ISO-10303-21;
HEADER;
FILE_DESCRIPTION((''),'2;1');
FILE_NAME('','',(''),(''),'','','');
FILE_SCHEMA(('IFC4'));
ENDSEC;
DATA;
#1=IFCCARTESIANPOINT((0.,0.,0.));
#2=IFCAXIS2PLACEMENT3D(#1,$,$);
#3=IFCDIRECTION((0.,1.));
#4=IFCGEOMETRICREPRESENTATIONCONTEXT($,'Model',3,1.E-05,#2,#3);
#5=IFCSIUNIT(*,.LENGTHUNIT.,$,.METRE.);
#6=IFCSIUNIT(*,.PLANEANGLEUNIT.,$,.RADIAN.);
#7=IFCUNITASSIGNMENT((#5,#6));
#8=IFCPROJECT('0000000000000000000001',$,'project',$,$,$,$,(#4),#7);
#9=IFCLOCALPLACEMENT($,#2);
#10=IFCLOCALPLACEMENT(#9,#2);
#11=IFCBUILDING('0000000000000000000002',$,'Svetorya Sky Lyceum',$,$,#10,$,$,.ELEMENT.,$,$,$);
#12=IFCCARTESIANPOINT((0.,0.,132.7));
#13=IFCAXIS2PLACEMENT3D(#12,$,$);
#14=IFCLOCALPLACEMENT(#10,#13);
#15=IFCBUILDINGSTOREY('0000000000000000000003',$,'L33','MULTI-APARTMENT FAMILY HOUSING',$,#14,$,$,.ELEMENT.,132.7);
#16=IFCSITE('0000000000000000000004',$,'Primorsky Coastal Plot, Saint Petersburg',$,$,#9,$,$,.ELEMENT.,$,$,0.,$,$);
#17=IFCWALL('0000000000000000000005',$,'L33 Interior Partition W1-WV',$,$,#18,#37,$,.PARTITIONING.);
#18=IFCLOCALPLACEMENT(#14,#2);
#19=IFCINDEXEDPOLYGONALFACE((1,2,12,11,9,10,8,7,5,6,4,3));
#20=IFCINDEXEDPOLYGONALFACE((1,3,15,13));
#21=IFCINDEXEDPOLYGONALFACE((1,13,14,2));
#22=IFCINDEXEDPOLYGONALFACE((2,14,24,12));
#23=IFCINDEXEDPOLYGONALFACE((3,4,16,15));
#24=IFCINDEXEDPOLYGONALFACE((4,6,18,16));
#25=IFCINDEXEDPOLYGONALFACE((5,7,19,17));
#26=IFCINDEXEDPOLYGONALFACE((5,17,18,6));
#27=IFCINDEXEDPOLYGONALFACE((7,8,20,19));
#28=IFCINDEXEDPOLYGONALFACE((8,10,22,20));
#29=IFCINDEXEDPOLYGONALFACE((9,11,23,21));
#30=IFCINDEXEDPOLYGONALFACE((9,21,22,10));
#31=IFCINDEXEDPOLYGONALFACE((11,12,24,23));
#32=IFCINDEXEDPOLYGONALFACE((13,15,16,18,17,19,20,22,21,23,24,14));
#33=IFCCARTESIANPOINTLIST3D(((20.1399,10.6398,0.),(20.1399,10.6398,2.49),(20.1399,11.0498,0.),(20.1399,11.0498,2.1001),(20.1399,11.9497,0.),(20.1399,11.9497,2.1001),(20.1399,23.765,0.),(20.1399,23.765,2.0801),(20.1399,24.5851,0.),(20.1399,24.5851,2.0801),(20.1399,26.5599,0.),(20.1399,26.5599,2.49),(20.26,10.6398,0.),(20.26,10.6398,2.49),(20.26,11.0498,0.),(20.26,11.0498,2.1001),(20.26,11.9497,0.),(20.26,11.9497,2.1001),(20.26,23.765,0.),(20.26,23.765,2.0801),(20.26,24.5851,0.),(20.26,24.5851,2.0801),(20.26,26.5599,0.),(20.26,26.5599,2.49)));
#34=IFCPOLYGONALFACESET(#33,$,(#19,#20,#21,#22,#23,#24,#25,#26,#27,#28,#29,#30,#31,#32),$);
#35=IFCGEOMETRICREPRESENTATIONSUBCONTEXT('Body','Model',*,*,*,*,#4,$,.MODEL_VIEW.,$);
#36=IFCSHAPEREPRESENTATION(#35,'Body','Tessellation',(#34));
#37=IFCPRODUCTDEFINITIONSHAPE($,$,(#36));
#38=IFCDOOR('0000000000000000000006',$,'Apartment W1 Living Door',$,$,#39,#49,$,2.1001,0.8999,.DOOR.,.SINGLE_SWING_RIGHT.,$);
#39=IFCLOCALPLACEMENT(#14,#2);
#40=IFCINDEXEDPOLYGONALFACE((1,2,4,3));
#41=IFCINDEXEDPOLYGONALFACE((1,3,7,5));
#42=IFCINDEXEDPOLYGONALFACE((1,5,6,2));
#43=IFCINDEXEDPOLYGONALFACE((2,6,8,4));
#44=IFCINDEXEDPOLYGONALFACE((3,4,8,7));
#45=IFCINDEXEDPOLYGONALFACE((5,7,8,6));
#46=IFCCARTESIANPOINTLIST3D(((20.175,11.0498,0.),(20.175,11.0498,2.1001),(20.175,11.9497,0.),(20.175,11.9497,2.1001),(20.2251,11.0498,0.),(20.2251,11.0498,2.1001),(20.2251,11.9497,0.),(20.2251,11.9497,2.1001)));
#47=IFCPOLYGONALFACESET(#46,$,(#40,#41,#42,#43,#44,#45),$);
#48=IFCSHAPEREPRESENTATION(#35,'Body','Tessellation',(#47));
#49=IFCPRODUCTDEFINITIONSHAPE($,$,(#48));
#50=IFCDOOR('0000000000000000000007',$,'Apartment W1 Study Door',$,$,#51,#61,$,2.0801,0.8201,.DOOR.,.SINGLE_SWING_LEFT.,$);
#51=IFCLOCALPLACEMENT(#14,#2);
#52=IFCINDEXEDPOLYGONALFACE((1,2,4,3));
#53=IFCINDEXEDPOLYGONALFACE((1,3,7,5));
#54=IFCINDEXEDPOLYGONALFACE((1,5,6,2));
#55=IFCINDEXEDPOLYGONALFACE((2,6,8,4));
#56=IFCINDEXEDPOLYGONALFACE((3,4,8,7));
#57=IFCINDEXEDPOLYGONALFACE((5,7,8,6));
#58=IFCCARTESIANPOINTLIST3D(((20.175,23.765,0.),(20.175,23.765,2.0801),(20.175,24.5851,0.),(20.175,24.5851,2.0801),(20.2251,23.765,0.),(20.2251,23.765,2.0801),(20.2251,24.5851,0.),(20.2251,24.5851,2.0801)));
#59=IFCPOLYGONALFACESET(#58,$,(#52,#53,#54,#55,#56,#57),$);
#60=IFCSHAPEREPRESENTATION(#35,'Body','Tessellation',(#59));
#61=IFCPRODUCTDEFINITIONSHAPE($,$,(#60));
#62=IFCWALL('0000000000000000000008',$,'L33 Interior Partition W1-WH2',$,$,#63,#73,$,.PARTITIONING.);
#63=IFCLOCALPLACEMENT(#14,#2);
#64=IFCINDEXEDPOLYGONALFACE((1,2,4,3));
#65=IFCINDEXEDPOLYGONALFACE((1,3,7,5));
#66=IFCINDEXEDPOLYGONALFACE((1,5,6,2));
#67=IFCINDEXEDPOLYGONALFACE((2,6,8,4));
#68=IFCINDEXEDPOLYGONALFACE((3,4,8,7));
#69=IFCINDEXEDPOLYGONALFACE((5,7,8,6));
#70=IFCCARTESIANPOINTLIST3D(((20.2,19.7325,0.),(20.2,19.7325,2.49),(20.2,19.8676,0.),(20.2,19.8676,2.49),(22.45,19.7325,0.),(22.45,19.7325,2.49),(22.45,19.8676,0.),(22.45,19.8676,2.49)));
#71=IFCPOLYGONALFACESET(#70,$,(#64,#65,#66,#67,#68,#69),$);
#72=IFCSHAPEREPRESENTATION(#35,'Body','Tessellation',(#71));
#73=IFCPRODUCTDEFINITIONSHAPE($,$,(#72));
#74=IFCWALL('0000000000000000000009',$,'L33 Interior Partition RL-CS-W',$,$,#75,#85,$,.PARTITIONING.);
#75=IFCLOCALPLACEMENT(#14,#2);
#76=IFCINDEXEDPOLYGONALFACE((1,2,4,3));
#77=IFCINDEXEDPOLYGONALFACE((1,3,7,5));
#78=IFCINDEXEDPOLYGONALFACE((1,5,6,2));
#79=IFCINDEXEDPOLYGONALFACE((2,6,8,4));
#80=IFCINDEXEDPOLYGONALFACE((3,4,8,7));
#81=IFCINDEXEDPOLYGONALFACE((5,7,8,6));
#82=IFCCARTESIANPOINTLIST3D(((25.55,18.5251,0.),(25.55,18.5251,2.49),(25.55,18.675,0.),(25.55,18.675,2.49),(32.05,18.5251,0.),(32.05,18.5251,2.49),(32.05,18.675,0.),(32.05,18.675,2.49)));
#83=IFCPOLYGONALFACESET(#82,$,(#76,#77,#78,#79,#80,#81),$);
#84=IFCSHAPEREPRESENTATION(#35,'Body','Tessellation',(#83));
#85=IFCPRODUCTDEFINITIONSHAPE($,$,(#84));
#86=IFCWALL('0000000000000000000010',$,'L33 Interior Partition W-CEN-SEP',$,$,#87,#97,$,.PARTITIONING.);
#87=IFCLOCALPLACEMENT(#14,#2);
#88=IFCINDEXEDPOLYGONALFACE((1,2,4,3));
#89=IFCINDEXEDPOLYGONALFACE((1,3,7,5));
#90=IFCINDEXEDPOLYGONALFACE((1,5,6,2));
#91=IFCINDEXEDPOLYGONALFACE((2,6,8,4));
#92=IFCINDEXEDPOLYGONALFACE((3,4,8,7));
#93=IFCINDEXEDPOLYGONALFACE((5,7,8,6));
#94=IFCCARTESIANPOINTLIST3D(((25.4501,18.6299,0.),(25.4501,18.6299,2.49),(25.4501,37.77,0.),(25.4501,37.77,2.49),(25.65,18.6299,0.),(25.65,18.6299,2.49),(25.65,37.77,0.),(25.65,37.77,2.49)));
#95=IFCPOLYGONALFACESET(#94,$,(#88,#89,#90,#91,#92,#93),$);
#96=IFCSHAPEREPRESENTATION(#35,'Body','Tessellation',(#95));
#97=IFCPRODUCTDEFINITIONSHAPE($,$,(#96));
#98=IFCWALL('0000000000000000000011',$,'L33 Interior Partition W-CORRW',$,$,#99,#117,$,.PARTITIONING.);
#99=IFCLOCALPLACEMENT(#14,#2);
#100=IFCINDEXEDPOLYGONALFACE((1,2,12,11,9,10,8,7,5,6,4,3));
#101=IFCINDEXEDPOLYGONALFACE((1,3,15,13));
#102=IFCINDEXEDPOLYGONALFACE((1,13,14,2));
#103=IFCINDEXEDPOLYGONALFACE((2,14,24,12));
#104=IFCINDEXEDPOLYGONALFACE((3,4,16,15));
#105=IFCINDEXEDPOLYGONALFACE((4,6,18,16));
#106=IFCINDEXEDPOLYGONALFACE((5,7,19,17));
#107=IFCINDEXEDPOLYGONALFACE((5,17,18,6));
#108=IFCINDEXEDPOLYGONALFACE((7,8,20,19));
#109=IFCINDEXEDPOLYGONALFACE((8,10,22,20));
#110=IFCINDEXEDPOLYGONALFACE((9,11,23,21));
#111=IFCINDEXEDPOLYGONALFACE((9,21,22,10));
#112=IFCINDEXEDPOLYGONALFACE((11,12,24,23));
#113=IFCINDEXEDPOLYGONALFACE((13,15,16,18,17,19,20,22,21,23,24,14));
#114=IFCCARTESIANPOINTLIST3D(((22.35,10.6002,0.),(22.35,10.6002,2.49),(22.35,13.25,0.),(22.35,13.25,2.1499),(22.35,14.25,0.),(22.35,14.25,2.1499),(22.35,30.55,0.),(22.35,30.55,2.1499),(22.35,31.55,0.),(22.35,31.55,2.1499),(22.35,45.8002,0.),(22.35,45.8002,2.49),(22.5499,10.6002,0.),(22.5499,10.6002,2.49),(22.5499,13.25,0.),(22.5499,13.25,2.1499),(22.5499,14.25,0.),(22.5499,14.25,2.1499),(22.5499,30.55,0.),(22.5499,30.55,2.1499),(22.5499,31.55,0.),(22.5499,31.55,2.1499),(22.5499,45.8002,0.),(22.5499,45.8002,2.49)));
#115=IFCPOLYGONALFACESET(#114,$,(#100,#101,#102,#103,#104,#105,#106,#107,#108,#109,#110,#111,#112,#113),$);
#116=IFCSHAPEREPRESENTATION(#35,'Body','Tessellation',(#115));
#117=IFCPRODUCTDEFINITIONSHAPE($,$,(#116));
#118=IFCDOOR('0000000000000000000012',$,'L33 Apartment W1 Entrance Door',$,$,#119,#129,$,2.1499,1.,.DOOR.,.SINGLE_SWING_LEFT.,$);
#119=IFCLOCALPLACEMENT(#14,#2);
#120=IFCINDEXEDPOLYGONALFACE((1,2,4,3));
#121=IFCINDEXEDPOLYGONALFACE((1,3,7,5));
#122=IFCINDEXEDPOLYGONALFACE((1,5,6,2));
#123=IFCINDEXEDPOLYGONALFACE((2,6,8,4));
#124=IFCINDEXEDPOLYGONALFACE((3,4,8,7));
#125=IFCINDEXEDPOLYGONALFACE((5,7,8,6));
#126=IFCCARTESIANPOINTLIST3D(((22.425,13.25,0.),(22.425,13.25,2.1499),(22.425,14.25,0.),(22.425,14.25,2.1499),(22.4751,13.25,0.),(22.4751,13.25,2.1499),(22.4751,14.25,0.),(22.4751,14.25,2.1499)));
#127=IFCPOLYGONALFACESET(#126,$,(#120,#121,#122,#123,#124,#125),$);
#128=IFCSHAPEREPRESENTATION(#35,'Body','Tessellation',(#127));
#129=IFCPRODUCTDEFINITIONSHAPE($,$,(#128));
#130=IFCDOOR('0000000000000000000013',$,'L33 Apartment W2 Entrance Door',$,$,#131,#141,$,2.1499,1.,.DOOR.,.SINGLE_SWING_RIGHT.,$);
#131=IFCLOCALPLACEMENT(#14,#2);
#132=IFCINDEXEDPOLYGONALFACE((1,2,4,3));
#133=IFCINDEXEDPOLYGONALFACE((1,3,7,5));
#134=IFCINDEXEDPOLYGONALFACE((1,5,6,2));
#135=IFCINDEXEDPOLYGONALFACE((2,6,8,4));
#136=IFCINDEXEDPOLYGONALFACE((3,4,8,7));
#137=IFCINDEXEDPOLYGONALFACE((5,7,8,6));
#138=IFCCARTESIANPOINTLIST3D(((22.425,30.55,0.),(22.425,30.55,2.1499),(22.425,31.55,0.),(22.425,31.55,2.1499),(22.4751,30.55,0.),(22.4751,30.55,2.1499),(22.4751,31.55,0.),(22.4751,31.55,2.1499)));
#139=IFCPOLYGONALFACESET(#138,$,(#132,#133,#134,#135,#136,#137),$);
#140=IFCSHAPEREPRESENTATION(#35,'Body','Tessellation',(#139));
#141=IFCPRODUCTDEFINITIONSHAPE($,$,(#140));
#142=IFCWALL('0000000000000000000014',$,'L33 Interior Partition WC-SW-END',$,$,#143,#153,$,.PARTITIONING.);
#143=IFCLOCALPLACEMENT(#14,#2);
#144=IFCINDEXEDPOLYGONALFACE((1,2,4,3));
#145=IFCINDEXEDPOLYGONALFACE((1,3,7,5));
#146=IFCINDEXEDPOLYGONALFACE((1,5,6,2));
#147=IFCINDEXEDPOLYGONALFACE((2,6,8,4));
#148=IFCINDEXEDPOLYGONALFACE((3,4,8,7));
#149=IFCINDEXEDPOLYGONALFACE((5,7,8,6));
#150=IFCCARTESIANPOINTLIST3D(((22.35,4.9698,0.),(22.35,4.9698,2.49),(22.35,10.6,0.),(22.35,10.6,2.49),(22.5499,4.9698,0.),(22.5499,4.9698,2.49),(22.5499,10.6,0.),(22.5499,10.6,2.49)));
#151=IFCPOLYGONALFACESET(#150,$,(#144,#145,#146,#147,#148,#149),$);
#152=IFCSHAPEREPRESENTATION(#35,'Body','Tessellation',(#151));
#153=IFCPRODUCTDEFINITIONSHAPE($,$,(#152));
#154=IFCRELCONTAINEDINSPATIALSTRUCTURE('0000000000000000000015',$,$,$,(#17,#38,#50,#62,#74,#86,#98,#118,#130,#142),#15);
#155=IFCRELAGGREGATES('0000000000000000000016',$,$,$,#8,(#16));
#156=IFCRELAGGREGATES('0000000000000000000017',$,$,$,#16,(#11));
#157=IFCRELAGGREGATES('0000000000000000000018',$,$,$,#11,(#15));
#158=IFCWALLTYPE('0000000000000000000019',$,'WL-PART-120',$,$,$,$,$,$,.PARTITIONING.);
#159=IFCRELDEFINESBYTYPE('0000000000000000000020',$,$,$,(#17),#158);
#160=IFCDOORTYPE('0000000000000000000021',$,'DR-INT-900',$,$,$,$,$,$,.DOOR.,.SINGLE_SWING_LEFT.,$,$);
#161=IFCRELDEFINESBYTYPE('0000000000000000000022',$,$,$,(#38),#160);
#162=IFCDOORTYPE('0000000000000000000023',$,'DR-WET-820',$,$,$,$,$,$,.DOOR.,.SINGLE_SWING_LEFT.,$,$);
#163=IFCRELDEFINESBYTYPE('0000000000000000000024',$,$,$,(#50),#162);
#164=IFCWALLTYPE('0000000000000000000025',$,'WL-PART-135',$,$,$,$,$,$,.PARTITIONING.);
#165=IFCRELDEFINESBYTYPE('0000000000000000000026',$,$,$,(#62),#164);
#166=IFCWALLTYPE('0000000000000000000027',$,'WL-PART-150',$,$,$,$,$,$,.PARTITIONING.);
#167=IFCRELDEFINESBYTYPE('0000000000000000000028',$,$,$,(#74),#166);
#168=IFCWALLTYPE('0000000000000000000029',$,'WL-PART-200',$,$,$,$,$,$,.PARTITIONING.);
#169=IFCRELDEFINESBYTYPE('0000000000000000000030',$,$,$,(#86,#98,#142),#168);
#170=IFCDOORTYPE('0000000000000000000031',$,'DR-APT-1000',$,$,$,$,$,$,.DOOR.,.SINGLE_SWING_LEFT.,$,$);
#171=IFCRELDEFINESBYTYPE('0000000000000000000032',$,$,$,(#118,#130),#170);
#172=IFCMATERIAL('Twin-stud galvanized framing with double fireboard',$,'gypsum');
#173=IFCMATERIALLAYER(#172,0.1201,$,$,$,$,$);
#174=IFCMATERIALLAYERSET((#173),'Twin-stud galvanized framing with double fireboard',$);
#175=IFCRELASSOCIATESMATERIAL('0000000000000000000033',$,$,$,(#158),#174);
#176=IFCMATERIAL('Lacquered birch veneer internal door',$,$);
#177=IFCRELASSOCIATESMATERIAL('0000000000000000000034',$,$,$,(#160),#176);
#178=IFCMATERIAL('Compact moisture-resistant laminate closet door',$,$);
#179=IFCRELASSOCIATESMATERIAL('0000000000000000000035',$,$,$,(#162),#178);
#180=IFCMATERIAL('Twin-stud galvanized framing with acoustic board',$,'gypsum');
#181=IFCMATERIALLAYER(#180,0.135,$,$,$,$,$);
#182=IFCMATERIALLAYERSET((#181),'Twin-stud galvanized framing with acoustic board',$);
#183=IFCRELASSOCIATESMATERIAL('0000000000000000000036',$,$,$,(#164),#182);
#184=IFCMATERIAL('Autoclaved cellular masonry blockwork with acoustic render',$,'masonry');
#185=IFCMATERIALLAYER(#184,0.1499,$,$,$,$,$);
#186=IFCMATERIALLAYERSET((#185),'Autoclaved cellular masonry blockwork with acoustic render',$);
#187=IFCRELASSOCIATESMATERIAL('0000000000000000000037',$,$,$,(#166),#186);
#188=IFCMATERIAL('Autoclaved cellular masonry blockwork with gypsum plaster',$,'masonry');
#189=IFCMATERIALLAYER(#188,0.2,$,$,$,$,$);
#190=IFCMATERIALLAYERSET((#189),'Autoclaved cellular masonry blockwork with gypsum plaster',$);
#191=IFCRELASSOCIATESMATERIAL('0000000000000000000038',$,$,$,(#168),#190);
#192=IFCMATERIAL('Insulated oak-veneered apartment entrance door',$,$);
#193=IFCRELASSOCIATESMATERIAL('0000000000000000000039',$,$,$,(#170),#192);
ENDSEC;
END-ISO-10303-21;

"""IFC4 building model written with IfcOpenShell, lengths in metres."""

from ifc_helpers import new_model, si_unit, direction, frame, frame_2d, origin, place, context, subcontext, project, spatial, rectangle, extrude, material, layer, layer_set, type_object, element, fill, save


model = new_model("IFC4")

# Units and contexts
model_context = context("Model", 3, precision=1e-05, world=origin(), true_north=direction((0.0, 1.0)))
body_context = subcontext(model_context, "Body", "Model", "MODEL_VIEW")
ifc_project = project(units=[si_unit("LENGTHUNIT", "METRE"), si_unit("PLANEANGLEUNIT", "RADIAN")], contexts=[model_context])

# Site, building, storey
site_placement = place(None, origin())
site = spatial("IfcSite", under=ifc_project, at=site_placement, Name="Primorsky Coastal Plot, Saint Petersburg", CompositionType="ELEMENT", RefElevation=0.0)
building_placement = place(site_placement, origin())
building = spatial("IfcBuilding", under=site, at=building_placement, Name="Svetorya Sky Lyceum", CompositionType="ELEMENT")
storey_placement = place(building_placement, frame((0.0, 0.0, 132.7)))
storey = spatial("IfcBuildingStorey", under=building, at=storey_placement, Name="L33", Description="MULTI-APARTMENT FAMILY HOUSING", CompositionType="ELEMENT", Elevation=132.7)

# Shared definitions
ifc_material_1 = material(Name="Twin-stud galvanized framing with double fireboard", Category="gypsum")
ifc_layer_1 = layer(ifc_material_1, 0.1201)
ifc_layer_set_1 = layer_set([ifc_layer_1], Name="Twin-stud galvanized framing with double fireboard")
wall_type_1 = type_object("IfcWallType", Name="WL-PART-120", PredefinedType="PARTITIONING", material=ifc_layer_set_1)
ifc_material_2 = material(Name="Lacquered birch veneer internal door")
door_type_1 = type_object("IfcDoorType", Name="DR-INT-900", OperationType="SINGLE_SWING_LEFT", PredefinedType="DOOR", material=ifc_material_2)

# Wall, openings, doors
wall_1_placement = place(storey_placement, frame((20.2, 10.6399, 0.0), z_axis=(0.0, 0.0, 1.0), x_axis=(0.0, 1.0, 0.0)))
wall_1 = element("IfcWall", 1, at=wall_1_placement, inside=storey, type_object=wall_type_1, Name="L33 Interior Partition W1-WV", PredefinedType="PARTITIONING", context=body_context, shape_type="SweptSolid", body=[
    extrude(rectangle(XDim=15.9202, YDim=0.1201, at=frame_2d((7.96, 0.0))), origin(), (0.0, 0.0, 1.0), 2.49),
])
opening_1_placement = place(wall_1_placement, frame((0.4099, 0.0, 0.0)))
opening_1 = element("IfcOpeningElement", 2, at=opening_1_placement, cuts=wall_1, PredefinedType="OPENING", context=body_context, shape_type="SweptSolid", body=[
    extrude(rectangle(XDim=0.8999, YDim=2.1001, at=frame_2d((0.45, 1.05))), frame((0.0, 0.0701, 0.0), z_axis=(0.0, -1.0, 0.0), x_axis=(1.0, 0.0, 0.0)), (0.0, 0.0, 1.0), 0.1401),
])
opening_2_placement = place(wall_1_placement, frame((13.125, 0.0, 0.0)))
opening_2 = element("IfcOpeningElement", 3, at=opening_2_placement, cuts=wall_1, PredefinedType="OPENING", context=body_context, shape_type="SweptSolid", body=[
    extrude(rectangle(XDim=0.8201, YDim=2.0801, at=frame_2d((0.4102, 1.04))), frame((0.0, 0.0701, 0.0), z_axis=(0.0, -1.0, 0.0), x_axis=(1.0, 0.0, 0.0)), (0.0, 0.0, 1.0), 0.1401),
])
door_1_placement = place(opening_1_placement, origin())
door_1 = element("IfcDoor", 4, at=door_1_placement, inside=storey, type_object=door_type_1, Name="Apartment W1 Living Door", OperationType="SINGLE_SWING_RIGHT", OverallHeight=2.1001, OverallWidth=0.8999, PredefinedType="DOOR", context=body_context, shape_type="SweptSolid", body=[
    extrude(rectangle(XDim=0.8999, YDim=2.1001, at=frame_2d((0.45, 1.05))), frame((0.0, 0.0249, 0.0), z_axis=(0.0, -1.0, 0.0), x_axis=(1.0, 0.0, 0.0)), (0.0, 0.0, 1.0), 0.05),
])
fill(opening_1, door_1)
ifc_material_3 = material(Name="Compact moisture-resistant laminate closet door")
door_type_2 = type_object("IfcDoorType", Name="DR-WET-820", OperationType="SINGLE_SWING_LEFT", PredefinedType="DOOR", material=ifc_material_3)
door_2_placement = place(opening_2_placement, origin())
door_2 = element("IfcDoor", 5, at=door_2_placement, inside=storey, type_object=door_type_2, Name="Apartment W1 Study Door", OperationType="SINGLE_SWING_LEFT", OverallHeight=2.0801, OverallWidth=0.8201, PredefinedType="DOOR", context=body_context, shape_type="SweptSolid", body=[
    extrude(rectangle(XDim=0.8201, YDim=2.0801, at=frame_2d((0.4102, 1.04))), frame((0.0, 0.0249, 0.0), z_axis=(0.0, -1.0, 0.0), x_axis=(1.0, 0.0, 0.0)), (0.0, 0.0, 1.0), 0.05),
])
fill(opening_2, door_2)

# Walls
ifc_material_4 = material(Name="Twin-stud galvanized framing with acoustic board", Category="gypsum")
ifc_layer_2 = layer(ifc_material_4, 0.135)
ifc_layer_set_2 = layer_set([ifc_layer_2], Name="Twin-stud galvanized framing with acoustic board")
wall_type_2 = type_object("IfcWallType", Name="WL-PART-135", PredefinedType="PARTITIONING", material=ifc_layer_set_2)
wall_2_placement = place(storey_placement, frame((20.2, 19.8, 0.0), z_axis=(0.0, 0.0, 1.0), x_axis=(1.0, 0.0, 0.0)))
element("IfcWall", 6, at=wall_2_placement, inside=storey, type_object=wall_type_2, Name="L33 Interior Partition W1-WH2", PredefinedType="PARTITIONING", context=body_context, shape_type="SweptSolid", body=[
    extrude(rectangle(XDim=2.25, YDim=0.135, at=frame_2d((1.125, 0.0))), origin(), (0.0, 0.0, 1.0), 2.49),
])
ifc_material_5 = material(Name="Autoclaved cellular masonry blockwork with acoustic render", Category="masonry")
ifc_layer_3 = layer(ifc_material_5, 0.1499)
ifc_layer_set_3 = layer_set([ifc_layer_3], Name="Autoclaved cellular masonry blockwork with acoustic render")
wall_type_3 = type_object("IfcWallType", Name="WL-PART-150", PredefinedType="PARTITIONING", material=ifc_layer_set_3)
wall_3_placement = place(storey_placement, frame((25.55, 18.6001, 0.0), z_axis=(0.0, 0.0, 1.0), x_axis=(1.0, 0.0, 0.0)))
element("IfcWall", 7, at=wall_3_placement, inside=storey, type_object=wall_type_3, Name="L33 Interior Partition RL-CS-W", PredefinedType="PARTITIONING", context=body_context, shape_type="SweptSolid", body=[
    extrude(rectangle(XDim=6.5, YDim=0.1499, at=frame_2d((3.25, 0.0))), origin(), (0.0, 0.0, 1.0), 2.49),
])
ifc_material_6 = material(Name="Autoclaved cellular masonry blockwork with gypsum plaster", Category="masonry")
ifc_layer_4 = layer(ifc_material_6, 0.2)
ifc_layer_set_4 = layer_set([ifc_layer_4], Name="Autoclaved cellular masonry blockwork with gypsum plaster")
wall_type_4 = type_object("IfcWallType", Name="WL-PART-200", PredefinedType="PARTITIONING", material=ifc_layer_set_4)
wall_4_placement = place(storey_placement, frame((25.55, 18.6299, 0.0), z_axis=(0.0, 0.0, 1.0), x_axis=(0.0, 1.0, 0.0)))
element("IfcWall", 8, at=wall_4_placement, inside=storey, type_object=wall_type_4, Name="L33 Interior Partition W-CEN-SEP", PredefinedType="PARTITIONING", context=body_context, shape_type="SweptSolid", body=[
    extrude(rectangle(XDim=19.1401, YDim=0.2, at=frame_2d((9.5701, 0.0))), origin(), (0.0, 0.0, 1.0), 2.49),
])

# Wall, openings, doors
wall_5_placement = place(storey_placement, frame((22.45, 10.6001, 0.0), z_axis=(0.0, 0.0, 1.0), x_axis=(0.0, 1.0, 0.0)))
wall_5 = element("IfcWall", 9, at=wall_5_placement, inside=storey, type_object=wall_type_4, Name="L33 Interior Partition W-CORRW", PredefinedType="PARTITIONING", context=body_context, shape_type="SweptSolid", body=[
    extrude(rectangle(XDim=35.2, YDim=0.2, at=frame_2d((17.6001, 0.0))), origin(), (0.0, 0.0, 1.0), 2.49),
])
opening_3_placement = place(wall_5_placement, frame((2.6499, 0.0, 0.0)))
opening_3 = element("IfcOpeningElement", 10, at=opening_3_placement, cuts=wall_5, PredefinedType="OPENING", context=body_context, shape_type="SweptSolid", body=[
    extrude(rectangle(XDim=1.0, YDim=2.1499, at=frame_2d((0.5, 1.075))), frame((0.0, 0.1099, 0.0), z_axis=(0.0, -1.0, 0.0), x_axis=(1.0, 0.0, 0.0)), (0.0, 0.0, 1.0), 0.22),
])
opening_4_placement = place(wall_5_placement, frame((19.95, 0.0, 0.0)))
opening_4 = element("IfcOpeningElement", 11, at=opening_4_placement, cuts=wall_5, PredefinedType="OPENING", context=body_context, shape_type="SweptSolid", body=[
    extrude(rectangle(XDim=1.0, YDim=2.1499, at=frame_2d((0.5, 1.075))), frame((0.0, 0.1099, 0.0), z_axis=(0.0, -1.0, 0.0), x_axis=(1.0, 0.0, 0.0)), (0.0, 0.0, 1.0), 0.22),
])
ifc_material_7 = material(Name="Insulated oak-veneered apartment entrance door")
door_type_3 = type_object("IfcDoorType", Name="DR-APT-1000", OperationType="SINGLE_SWING_LEFT", PredefinedType="DOOR", material=ifc_material_7)
door_3_placement = place(opening_3_placement, origin())
door_3 = element("IfcDoor", 12, at=door_3_placement, inside=storey, type_object=door_type_3, Name="L33 Apartment W1 Entrance Door", OperationType="SINGLE_SWING_LEFT", OverallHeight=2.1499, OverallWidth=1.0, PredefinedType="DOOR", context=body_context, shape_type="SweptSolid", body=[
    extrude(rectangle(XDim=1.0, YDim=2.1499, at=frame_2d((0.5, 1.075))), frame((0.0, 0.0249, 0.0), z_axis=(0.0, -1.0, 0.0), x_axis=(1.0, 0.0, 0.0)), (0.0, 0.0, 1.0), 0.05),
])
fill(opening_3, door_3)
door_4_placement = place(opening_4_placement, origin())
door_4 = element("IfcDoor", 13, at=door_4_placement, inside=storey, type_object=door_type_3, Name="L33 Apartment W2 Entrance Door", OperationType="SINGLE_SWING_RIGHT", OverallHeight=2.1499, OverallWidth=1.0, PredefinedType="DOOR", context=body_context, shape_type="SweptSolid", body=[
    extrude(rectangle(XDim=1.0, YDim=2.1499, at=frame_2d((0.5, 1.075))), frame((0.0, 0.0249, 0.0), z_axis=(0.0, -1.0, 0.0), x_axis=(1.0, 0.0, 0.0)), (0.0, 0.0, 1.0), 0.05),
])
fill(opening_4, door_4)

# Wall
wall_6_placement = place(storey_placement, frame((22.45, 4.97, 0.0), z_axis=(0.0, 0.0, 1.0), x_axis=(0.0, 1.0, 0.0)))
element("IfcWall", 14, at=wall_6_placement, inside=storey, type_object=wall_type_4, Name="L33 Interior Partition WC-SW-END", PredefinedType="PARTITIONING", context=body_context, shape_type="SweptSolid", body=[
    extrude(rectangle(XDim=5.6301, YDim=0.2, at=frame_2d((2.8149, 0.0))), origin(), (0.0, 0.0, 1.0), 2.49),
])

save(model, "model.ifc")
